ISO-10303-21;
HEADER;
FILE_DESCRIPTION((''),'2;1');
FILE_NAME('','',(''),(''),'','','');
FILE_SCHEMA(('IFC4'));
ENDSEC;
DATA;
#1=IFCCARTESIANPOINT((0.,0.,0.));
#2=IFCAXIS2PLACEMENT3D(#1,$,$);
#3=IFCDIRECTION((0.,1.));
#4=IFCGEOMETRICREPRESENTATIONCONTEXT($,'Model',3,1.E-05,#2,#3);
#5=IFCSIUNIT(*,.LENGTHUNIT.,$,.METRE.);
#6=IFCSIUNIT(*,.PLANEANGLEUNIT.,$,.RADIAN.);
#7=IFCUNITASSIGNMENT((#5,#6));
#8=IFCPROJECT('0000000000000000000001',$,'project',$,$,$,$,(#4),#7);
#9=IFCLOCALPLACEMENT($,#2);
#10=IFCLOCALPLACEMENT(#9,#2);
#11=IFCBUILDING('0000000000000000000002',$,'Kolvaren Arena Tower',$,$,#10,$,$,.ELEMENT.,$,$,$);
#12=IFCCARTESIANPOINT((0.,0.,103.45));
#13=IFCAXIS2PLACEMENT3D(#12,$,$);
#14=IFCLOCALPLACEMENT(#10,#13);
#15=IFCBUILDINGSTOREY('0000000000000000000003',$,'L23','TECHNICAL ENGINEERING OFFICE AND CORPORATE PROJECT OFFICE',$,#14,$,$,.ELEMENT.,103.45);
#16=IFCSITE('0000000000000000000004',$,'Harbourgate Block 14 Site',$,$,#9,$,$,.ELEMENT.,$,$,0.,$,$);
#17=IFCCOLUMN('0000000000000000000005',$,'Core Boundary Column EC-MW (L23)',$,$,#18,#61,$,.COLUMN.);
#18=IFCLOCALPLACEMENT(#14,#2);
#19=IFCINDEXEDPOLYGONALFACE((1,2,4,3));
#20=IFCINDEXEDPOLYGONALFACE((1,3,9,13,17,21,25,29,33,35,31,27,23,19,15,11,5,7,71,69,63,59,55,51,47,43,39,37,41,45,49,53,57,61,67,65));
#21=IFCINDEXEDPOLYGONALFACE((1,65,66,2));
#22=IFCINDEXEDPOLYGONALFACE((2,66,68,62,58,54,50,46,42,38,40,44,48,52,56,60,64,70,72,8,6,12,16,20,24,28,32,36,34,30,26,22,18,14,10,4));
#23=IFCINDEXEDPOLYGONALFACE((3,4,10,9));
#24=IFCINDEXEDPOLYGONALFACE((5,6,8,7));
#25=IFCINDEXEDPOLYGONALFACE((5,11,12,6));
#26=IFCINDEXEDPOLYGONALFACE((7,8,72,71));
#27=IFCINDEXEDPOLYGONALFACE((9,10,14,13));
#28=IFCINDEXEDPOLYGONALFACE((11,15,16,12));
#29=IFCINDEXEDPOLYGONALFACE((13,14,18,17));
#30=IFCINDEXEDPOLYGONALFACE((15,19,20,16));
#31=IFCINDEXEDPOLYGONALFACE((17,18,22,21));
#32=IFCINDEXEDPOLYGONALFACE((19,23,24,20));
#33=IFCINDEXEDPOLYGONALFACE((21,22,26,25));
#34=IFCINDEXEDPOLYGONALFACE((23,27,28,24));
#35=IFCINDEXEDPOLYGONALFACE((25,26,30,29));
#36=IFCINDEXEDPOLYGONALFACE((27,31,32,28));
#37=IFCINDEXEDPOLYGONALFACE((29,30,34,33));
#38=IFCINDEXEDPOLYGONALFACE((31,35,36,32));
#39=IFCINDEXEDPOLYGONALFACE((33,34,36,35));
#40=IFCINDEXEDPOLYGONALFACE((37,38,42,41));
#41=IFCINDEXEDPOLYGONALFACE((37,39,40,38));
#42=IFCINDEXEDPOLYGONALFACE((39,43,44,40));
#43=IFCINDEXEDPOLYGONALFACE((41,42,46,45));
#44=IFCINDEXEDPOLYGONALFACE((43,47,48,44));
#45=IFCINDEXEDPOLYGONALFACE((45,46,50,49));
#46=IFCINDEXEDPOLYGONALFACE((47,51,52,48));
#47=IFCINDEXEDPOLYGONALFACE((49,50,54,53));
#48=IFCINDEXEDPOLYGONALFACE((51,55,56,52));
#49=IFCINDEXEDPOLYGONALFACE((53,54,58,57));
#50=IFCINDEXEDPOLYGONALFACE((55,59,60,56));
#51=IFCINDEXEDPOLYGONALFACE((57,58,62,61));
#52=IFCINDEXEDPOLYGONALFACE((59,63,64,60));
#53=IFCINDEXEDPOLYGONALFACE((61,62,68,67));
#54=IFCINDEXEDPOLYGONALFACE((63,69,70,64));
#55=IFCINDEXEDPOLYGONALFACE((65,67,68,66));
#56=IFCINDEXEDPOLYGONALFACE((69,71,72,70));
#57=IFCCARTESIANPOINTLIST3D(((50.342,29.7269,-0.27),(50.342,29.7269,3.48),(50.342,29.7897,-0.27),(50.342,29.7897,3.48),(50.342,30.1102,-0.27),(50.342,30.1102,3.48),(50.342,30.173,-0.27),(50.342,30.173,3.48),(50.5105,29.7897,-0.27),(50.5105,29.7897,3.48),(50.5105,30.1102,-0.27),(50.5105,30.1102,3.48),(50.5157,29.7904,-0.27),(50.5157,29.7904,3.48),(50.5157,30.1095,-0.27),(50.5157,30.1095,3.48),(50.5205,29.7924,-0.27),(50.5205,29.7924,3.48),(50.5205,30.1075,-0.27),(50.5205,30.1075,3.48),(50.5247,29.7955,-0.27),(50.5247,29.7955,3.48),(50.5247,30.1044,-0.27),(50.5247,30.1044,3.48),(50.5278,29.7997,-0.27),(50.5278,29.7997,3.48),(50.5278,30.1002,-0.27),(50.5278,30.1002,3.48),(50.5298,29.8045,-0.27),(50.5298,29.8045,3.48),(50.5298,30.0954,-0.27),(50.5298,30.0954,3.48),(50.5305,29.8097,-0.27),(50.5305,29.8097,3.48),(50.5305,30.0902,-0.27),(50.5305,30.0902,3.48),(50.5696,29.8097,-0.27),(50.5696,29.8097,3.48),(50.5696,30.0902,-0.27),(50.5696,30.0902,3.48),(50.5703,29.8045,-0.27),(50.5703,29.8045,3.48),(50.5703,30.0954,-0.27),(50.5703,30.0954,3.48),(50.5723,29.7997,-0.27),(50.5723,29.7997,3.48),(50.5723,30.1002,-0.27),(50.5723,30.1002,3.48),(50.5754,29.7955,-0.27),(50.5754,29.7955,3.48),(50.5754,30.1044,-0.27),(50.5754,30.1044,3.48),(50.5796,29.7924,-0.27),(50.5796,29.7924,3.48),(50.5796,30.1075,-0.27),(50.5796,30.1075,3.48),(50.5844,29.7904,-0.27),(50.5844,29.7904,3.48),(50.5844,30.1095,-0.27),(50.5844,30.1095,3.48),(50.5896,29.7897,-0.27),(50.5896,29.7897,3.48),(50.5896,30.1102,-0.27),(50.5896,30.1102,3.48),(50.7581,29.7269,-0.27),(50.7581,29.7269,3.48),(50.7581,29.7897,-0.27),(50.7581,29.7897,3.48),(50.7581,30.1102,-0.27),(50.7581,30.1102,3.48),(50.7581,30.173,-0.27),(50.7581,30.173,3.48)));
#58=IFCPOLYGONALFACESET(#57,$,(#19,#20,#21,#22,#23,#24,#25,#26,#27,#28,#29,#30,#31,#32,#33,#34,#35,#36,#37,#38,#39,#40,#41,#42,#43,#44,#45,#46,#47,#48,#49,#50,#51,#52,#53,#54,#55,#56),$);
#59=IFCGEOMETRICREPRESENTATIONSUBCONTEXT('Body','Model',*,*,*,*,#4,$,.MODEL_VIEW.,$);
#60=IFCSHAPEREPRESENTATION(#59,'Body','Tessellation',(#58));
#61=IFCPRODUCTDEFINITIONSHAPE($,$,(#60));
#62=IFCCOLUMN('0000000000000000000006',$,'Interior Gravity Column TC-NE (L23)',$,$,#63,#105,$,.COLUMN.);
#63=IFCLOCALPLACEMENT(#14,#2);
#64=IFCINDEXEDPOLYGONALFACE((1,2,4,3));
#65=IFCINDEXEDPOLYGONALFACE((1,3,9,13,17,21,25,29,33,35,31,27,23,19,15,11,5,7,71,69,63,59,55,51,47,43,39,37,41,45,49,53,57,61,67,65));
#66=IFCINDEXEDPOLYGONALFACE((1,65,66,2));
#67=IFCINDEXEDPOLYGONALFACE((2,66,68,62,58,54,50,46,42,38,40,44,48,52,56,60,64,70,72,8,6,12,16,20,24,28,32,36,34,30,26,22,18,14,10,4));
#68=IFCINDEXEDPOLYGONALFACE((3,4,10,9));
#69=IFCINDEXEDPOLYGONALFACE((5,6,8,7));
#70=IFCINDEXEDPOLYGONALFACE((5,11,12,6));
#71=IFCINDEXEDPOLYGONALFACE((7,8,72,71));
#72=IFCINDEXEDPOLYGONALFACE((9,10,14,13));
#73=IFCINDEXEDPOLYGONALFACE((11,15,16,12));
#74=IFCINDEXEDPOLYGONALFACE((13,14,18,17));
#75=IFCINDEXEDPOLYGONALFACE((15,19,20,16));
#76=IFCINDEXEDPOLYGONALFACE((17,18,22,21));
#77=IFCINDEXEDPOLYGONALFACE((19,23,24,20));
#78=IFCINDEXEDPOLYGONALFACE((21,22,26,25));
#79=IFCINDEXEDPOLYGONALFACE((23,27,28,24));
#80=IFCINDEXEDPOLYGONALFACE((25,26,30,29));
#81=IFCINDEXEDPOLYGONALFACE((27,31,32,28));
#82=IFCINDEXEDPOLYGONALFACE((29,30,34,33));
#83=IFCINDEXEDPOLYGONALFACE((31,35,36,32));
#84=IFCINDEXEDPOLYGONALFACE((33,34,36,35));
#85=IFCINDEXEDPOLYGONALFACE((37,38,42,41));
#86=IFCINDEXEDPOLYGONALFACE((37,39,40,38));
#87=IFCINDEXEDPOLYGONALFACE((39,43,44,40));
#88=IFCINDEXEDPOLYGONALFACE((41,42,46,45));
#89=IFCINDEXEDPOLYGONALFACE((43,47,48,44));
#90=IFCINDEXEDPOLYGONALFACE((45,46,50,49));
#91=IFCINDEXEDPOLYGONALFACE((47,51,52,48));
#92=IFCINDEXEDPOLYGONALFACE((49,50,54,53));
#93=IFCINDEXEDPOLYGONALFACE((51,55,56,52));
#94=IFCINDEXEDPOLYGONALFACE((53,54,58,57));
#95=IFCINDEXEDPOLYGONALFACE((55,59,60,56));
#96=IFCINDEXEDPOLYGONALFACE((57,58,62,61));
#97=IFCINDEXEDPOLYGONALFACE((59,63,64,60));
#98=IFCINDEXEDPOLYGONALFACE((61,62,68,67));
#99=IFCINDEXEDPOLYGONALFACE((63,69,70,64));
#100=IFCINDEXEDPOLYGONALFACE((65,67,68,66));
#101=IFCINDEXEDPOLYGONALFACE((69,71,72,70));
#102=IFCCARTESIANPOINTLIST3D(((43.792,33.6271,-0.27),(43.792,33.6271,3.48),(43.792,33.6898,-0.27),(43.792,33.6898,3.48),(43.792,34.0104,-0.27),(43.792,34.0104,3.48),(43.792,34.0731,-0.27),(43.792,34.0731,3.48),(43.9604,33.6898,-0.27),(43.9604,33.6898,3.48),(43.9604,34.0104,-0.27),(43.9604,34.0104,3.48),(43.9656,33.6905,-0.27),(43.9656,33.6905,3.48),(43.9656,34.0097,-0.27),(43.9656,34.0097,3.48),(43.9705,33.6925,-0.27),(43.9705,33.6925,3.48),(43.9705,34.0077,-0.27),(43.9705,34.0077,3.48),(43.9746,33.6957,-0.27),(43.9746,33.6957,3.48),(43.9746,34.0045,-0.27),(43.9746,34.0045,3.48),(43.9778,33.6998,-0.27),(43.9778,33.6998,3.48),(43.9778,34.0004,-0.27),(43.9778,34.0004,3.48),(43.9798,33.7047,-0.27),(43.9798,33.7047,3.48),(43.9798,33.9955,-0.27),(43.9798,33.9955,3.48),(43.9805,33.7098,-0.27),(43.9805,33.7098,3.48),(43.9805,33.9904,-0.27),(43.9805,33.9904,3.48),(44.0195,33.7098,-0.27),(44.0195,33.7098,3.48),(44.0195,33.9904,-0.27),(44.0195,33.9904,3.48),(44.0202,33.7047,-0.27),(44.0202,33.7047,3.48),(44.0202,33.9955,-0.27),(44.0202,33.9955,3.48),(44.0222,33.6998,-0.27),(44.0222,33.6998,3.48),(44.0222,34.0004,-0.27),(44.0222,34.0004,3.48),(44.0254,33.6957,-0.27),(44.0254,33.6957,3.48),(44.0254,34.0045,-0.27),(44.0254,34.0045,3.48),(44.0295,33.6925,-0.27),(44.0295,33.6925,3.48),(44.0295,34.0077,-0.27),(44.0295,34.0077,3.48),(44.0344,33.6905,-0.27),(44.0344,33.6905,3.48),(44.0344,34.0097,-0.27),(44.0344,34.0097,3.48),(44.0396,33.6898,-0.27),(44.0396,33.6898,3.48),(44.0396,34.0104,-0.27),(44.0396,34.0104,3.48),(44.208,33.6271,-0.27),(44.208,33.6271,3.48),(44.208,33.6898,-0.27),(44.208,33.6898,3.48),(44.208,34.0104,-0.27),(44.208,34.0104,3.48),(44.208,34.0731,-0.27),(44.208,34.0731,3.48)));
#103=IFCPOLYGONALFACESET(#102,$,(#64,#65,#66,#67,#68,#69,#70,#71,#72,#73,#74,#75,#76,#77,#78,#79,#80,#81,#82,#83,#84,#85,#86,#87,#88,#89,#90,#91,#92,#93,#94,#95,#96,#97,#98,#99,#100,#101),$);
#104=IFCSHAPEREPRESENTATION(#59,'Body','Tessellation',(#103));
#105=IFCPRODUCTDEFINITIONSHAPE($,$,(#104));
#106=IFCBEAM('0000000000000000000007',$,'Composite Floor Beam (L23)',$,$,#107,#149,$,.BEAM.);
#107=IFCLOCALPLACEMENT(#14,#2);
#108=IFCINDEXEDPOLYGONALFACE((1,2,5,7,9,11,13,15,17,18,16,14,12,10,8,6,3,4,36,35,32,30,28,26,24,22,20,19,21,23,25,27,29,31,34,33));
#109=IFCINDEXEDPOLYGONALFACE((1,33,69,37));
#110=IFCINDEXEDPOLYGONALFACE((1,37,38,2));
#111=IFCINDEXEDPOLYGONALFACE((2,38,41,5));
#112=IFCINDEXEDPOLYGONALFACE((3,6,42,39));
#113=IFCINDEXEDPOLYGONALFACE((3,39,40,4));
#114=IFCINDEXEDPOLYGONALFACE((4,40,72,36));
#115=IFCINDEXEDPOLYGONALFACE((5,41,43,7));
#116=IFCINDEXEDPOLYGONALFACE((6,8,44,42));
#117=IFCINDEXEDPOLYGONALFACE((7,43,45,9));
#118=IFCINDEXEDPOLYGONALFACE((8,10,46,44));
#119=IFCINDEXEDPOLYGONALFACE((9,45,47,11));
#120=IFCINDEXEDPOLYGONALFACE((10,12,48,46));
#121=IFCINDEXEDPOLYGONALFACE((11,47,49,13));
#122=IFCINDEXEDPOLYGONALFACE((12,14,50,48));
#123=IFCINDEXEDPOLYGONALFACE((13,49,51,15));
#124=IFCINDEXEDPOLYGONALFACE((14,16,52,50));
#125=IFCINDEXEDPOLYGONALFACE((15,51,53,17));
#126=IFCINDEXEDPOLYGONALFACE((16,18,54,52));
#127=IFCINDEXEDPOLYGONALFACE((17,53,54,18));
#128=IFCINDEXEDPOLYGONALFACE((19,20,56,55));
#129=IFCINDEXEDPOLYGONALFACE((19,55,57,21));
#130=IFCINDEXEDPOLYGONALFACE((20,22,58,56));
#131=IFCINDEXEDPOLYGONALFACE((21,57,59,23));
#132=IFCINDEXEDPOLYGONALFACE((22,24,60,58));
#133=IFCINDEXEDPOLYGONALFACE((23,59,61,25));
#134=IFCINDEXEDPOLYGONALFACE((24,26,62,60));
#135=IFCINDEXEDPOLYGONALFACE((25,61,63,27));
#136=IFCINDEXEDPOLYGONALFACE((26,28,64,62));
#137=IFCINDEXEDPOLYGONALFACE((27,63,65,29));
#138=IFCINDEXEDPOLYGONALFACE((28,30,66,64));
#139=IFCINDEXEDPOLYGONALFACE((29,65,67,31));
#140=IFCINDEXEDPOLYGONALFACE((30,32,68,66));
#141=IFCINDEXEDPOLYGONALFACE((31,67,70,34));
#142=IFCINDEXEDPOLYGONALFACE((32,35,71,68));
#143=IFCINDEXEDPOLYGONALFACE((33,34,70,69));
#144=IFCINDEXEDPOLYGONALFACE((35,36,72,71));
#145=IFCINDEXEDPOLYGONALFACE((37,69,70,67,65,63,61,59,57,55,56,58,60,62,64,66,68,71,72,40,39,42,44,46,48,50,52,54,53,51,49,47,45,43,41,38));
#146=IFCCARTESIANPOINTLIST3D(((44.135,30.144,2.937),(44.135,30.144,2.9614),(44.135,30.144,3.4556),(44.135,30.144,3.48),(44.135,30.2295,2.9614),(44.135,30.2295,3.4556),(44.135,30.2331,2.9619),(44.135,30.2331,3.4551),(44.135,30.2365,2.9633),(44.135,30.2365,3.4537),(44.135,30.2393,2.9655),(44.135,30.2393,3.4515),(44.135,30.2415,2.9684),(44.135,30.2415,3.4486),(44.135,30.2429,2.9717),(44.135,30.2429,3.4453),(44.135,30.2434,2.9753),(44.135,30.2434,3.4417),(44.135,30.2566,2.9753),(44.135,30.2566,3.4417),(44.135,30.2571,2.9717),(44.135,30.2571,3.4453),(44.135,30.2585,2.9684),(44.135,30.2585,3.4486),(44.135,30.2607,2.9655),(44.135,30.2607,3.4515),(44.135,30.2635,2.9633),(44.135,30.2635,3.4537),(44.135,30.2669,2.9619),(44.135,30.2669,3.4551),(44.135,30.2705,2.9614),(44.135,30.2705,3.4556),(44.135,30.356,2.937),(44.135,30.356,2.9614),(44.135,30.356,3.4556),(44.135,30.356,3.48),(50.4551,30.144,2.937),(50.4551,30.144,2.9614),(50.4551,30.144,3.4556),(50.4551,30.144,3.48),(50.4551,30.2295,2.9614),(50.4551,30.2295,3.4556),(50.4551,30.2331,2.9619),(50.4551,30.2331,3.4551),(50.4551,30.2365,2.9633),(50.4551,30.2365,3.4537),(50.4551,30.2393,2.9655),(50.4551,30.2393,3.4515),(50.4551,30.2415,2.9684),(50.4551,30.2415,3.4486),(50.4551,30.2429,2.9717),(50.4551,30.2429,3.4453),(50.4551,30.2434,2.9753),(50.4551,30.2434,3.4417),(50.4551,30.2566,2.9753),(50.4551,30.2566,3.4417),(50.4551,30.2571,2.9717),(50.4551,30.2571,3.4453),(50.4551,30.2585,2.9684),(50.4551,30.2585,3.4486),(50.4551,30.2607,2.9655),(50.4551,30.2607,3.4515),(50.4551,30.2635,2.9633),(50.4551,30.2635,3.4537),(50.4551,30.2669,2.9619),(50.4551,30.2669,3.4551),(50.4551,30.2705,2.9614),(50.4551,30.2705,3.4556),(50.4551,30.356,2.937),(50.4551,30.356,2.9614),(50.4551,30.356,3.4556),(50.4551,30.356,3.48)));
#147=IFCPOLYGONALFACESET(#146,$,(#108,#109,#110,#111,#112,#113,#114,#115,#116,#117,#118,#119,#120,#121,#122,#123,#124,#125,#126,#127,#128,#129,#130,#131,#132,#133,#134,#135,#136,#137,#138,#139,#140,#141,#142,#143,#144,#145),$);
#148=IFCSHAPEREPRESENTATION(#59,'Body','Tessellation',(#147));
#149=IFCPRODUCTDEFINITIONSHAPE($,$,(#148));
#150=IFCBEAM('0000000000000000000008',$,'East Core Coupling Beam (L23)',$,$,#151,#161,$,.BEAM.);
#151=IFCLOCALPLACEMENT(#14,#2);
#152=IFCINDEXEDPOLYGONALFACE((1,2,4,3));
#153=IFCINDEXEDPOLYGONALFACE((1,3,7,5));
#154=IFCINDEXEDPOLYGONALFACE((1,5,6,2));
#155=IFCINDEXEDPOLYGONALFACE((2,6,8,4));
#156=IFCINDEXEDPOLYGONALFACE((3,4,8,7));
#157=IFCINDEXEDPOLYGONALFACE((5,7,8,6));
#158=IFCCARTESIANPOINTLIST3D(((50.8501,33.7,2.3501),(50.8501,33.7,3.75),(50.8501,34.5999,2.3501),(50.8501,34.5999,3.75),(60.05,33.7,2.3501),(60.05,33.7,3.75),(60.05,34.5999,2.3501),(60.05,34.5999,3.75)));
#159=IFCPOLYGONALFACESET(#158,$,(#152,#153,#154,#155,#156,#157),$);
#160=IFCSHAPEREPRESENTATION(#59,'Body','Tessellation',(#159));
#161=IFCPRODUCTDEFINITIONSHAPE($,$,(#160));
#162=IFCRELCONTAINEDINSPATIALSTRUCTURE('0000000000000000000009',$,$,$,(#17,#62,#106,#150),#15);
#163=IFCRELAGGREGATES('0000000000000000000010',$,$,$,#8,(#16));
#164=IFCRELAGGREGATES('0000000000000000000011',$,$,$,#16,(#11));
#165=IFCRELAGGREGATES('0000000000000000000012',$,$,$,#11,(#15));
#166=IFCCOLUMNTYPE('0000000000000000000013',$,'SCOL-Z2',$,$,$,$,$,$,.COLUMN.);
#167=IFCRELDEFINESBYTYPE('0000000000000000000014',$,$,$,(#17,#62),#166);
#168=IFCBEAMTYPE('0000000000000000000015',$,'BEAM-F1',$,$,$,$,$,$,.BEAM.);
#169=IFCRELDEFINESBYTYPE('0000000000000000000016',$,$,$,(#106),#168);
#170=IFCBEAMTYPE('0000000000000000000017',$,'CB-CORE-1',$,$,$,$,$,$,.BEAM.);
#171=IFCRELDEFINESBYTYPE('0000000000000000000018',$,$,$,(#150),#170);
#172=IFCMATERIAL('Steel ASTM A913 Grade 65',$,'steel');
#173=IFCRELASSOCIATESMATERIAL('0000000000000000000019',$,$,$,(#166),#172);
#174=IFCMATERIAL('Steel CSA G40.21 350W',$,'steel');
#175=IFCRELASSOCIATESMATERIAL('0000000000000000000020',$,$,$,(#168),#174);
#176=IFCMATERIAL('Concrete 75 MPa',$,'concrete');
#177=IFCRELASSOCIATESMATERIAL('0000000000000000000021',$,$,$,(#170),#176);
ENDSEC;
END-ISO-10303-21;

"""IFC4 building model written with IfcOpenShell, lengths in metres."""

from ifc_helpers import new_model, si_unit, direction, frame, origin, origin_2d, place, context, subcontext, project, spatial, rectangle, i_section, extrude, material, material_profile, profile_set, type_object, element, save


model = new_model("IFC4")

# Units and contexts
model_context = context("Model", 3, precision=1e-05, world=origin(), true_north=direction((0.0, 1.0)))
body_context = subcontext(model_context, "Body", "Model", "MODEL_VIEW")
ifc_project = project(units=[si_unit("LENGTHUNIT", "METRE"), si_unit("PLANEANGLEUNIT", "RADIAN")], contexts=[model_context])

# Site, building, storey
site_placement = place(None, origin())
site = spatial("IfcSite", under=ifc_project, at=site_placement, Name="Harbourgate Block 14 Site", CompositionType="ELEMENT", RefElevation=0.0)
building_placement = place(site_placement, origin())
building = spatial("IfcBuilding", under=site, at=building_placement, Name="Kolvaren Arena Tower", CompositionType="ELEMENT")
storey_placement = place(building_placement, frame((0.0, 0.0, 103.45)))
storey = spatial("IfcBuildingStorey", under=building, at=storey_placement, Name="L23", Description="TECHNICAL ENGINEERING OFFICE AND CORPORATE PROJECT OFFICE", CompositionType="ELEMENT", Elevation=103.45)

# Columns
ifc_material_1 = material(Name="Steel ASTM A913 Grade 65", Category="steel")
ifc_material_profile_1 = material_profile(ifc_material_1, i_section(OverallWidth=0.416, OverallDepth=0.446, WebThickness=0.0391, FlangeThickness=0.0627, FilletRadius=0.02, at=origin_2d()), Name="W360x509")
ifc_profile_set_1 = profile_set([ifc_material_profile_1], Name="Steel ASTM A913 Grade 65")
column_type = type_object("IfcColumnType", Name="SCOL-Z2", PredefinedType="COLUMN", material=ifc_profile_set_1)
for number, where, z_axis, x_axis, name in (
    (1, (50.55, 29.95, -0.27), (0.0, 0.0, 1.0), (1.0, 0.0, 0.0), "Core Boundary Column EC-MW (L23)"),
    (2, (44.0, 33.8501, -0.27), (0.0, 0.0, 1.0), (1.0, 0.0, 0.0), "Interior Gravity Column TC-NE (L23)"),
):
    element("IfcColumn", number, at=place(storey_placement, frame(where, z_axis=z_axis, x_axis=x_axis)), inside=storey, type_object=column_type, Name=name, PredefinedType="COLUMN", context=body_context, shape_type="SweptSolid", body=[
        extrude(i_section(OverallWidth=0.416, OverallDepth=0.446, WebThickness=0.0391, FlangeThickness=0.0627, FilletRadius=0.02, at=origin_2d()), origin(), (0.0, 0.0, 1.0), 3.75),
    ])

# Beams
ifc_material_2 = material(Name="Steel CSA G40.21 350W", Category="steel")
ifc_material_profile_2 = material_profile(ifc_material_2, i_section(OverallWidth=0.2119, OverallDepth=0.543, WebThickness=0.0132, FlangeThickness=0.0244, FilletRadius=0.0139, at=origin_2d()), Name="W530x150")
ifc_profile_set_2 = profile_set([ifc_material_profile_2], Name="Steel CSA G40.21 350W")
beam_type_1 = type_object("IfcBeamType", Name="BEAM-F1", PredefinedType="BEAM", material=ifc_profile_set_2)
beam_1_placement = place(storey_placement, frame((44.135, 30.25, 3.2085), z_axis=(1.0, 0.0, 0.0), x_axis=(0.0, 1.0, 0.0)))
element("IfcBeam", 3, at=beam_1_placement, inside=storey, type_object=beam_type_1, Name="Composite Floor Beam (L23)", PredefinedType="BEAM", context=body_context, shape_type="SweptSolid", body=[
    extrude(i_section(OverallWidth=0.2119, OverallDepth=0.543, WebThickness=0.0132, FlangeThickness=0.0244, FilletRadius=0.0139, at=origin_2d()), origin(), (0.0, 0.0, 1.0), 6.3201),
])
ifc_material_3 = material(Name="Concrete 75 MPa", Category="concrete")
ifc_material_profile_3 = material_profile(ifc_material_3, rectangle(XDim=0.8999, YDim=1.3999, at=origin_2d()), Name="RC-900x1400")
ifc_profile_set_3 = profile_set([ifc_material_profile_3], Name="Concrete 75 MPa")
beam_type_2 = type_object("IfcBeamType", Name="CB-CORE-1", PredefinedType="BEAM", material=ifc_profile_set_3)
beam_2_placement = place(storey_placement, frame((50.8501, 34.1499, 3.05), z_axis=(1.0, 0.0, 0.0), x_axis=(0.0, 1.0, 0.0)))
element("IfcBeam", 4, at=beam_2_placement, inside=storey, type_object=beam_type_2, Name="East Core Coupling Beam (L23)", PredefinedType="BEAM", context=body_context, shape_type="SweptSolid", body=[
    extrude(rectangle(XDim=0.8999, YDim=1.3999, at=origin_2d()), origin(), (0.0, 0.0, 1.0), 9.2),
])

save(model, "model.ifc")
